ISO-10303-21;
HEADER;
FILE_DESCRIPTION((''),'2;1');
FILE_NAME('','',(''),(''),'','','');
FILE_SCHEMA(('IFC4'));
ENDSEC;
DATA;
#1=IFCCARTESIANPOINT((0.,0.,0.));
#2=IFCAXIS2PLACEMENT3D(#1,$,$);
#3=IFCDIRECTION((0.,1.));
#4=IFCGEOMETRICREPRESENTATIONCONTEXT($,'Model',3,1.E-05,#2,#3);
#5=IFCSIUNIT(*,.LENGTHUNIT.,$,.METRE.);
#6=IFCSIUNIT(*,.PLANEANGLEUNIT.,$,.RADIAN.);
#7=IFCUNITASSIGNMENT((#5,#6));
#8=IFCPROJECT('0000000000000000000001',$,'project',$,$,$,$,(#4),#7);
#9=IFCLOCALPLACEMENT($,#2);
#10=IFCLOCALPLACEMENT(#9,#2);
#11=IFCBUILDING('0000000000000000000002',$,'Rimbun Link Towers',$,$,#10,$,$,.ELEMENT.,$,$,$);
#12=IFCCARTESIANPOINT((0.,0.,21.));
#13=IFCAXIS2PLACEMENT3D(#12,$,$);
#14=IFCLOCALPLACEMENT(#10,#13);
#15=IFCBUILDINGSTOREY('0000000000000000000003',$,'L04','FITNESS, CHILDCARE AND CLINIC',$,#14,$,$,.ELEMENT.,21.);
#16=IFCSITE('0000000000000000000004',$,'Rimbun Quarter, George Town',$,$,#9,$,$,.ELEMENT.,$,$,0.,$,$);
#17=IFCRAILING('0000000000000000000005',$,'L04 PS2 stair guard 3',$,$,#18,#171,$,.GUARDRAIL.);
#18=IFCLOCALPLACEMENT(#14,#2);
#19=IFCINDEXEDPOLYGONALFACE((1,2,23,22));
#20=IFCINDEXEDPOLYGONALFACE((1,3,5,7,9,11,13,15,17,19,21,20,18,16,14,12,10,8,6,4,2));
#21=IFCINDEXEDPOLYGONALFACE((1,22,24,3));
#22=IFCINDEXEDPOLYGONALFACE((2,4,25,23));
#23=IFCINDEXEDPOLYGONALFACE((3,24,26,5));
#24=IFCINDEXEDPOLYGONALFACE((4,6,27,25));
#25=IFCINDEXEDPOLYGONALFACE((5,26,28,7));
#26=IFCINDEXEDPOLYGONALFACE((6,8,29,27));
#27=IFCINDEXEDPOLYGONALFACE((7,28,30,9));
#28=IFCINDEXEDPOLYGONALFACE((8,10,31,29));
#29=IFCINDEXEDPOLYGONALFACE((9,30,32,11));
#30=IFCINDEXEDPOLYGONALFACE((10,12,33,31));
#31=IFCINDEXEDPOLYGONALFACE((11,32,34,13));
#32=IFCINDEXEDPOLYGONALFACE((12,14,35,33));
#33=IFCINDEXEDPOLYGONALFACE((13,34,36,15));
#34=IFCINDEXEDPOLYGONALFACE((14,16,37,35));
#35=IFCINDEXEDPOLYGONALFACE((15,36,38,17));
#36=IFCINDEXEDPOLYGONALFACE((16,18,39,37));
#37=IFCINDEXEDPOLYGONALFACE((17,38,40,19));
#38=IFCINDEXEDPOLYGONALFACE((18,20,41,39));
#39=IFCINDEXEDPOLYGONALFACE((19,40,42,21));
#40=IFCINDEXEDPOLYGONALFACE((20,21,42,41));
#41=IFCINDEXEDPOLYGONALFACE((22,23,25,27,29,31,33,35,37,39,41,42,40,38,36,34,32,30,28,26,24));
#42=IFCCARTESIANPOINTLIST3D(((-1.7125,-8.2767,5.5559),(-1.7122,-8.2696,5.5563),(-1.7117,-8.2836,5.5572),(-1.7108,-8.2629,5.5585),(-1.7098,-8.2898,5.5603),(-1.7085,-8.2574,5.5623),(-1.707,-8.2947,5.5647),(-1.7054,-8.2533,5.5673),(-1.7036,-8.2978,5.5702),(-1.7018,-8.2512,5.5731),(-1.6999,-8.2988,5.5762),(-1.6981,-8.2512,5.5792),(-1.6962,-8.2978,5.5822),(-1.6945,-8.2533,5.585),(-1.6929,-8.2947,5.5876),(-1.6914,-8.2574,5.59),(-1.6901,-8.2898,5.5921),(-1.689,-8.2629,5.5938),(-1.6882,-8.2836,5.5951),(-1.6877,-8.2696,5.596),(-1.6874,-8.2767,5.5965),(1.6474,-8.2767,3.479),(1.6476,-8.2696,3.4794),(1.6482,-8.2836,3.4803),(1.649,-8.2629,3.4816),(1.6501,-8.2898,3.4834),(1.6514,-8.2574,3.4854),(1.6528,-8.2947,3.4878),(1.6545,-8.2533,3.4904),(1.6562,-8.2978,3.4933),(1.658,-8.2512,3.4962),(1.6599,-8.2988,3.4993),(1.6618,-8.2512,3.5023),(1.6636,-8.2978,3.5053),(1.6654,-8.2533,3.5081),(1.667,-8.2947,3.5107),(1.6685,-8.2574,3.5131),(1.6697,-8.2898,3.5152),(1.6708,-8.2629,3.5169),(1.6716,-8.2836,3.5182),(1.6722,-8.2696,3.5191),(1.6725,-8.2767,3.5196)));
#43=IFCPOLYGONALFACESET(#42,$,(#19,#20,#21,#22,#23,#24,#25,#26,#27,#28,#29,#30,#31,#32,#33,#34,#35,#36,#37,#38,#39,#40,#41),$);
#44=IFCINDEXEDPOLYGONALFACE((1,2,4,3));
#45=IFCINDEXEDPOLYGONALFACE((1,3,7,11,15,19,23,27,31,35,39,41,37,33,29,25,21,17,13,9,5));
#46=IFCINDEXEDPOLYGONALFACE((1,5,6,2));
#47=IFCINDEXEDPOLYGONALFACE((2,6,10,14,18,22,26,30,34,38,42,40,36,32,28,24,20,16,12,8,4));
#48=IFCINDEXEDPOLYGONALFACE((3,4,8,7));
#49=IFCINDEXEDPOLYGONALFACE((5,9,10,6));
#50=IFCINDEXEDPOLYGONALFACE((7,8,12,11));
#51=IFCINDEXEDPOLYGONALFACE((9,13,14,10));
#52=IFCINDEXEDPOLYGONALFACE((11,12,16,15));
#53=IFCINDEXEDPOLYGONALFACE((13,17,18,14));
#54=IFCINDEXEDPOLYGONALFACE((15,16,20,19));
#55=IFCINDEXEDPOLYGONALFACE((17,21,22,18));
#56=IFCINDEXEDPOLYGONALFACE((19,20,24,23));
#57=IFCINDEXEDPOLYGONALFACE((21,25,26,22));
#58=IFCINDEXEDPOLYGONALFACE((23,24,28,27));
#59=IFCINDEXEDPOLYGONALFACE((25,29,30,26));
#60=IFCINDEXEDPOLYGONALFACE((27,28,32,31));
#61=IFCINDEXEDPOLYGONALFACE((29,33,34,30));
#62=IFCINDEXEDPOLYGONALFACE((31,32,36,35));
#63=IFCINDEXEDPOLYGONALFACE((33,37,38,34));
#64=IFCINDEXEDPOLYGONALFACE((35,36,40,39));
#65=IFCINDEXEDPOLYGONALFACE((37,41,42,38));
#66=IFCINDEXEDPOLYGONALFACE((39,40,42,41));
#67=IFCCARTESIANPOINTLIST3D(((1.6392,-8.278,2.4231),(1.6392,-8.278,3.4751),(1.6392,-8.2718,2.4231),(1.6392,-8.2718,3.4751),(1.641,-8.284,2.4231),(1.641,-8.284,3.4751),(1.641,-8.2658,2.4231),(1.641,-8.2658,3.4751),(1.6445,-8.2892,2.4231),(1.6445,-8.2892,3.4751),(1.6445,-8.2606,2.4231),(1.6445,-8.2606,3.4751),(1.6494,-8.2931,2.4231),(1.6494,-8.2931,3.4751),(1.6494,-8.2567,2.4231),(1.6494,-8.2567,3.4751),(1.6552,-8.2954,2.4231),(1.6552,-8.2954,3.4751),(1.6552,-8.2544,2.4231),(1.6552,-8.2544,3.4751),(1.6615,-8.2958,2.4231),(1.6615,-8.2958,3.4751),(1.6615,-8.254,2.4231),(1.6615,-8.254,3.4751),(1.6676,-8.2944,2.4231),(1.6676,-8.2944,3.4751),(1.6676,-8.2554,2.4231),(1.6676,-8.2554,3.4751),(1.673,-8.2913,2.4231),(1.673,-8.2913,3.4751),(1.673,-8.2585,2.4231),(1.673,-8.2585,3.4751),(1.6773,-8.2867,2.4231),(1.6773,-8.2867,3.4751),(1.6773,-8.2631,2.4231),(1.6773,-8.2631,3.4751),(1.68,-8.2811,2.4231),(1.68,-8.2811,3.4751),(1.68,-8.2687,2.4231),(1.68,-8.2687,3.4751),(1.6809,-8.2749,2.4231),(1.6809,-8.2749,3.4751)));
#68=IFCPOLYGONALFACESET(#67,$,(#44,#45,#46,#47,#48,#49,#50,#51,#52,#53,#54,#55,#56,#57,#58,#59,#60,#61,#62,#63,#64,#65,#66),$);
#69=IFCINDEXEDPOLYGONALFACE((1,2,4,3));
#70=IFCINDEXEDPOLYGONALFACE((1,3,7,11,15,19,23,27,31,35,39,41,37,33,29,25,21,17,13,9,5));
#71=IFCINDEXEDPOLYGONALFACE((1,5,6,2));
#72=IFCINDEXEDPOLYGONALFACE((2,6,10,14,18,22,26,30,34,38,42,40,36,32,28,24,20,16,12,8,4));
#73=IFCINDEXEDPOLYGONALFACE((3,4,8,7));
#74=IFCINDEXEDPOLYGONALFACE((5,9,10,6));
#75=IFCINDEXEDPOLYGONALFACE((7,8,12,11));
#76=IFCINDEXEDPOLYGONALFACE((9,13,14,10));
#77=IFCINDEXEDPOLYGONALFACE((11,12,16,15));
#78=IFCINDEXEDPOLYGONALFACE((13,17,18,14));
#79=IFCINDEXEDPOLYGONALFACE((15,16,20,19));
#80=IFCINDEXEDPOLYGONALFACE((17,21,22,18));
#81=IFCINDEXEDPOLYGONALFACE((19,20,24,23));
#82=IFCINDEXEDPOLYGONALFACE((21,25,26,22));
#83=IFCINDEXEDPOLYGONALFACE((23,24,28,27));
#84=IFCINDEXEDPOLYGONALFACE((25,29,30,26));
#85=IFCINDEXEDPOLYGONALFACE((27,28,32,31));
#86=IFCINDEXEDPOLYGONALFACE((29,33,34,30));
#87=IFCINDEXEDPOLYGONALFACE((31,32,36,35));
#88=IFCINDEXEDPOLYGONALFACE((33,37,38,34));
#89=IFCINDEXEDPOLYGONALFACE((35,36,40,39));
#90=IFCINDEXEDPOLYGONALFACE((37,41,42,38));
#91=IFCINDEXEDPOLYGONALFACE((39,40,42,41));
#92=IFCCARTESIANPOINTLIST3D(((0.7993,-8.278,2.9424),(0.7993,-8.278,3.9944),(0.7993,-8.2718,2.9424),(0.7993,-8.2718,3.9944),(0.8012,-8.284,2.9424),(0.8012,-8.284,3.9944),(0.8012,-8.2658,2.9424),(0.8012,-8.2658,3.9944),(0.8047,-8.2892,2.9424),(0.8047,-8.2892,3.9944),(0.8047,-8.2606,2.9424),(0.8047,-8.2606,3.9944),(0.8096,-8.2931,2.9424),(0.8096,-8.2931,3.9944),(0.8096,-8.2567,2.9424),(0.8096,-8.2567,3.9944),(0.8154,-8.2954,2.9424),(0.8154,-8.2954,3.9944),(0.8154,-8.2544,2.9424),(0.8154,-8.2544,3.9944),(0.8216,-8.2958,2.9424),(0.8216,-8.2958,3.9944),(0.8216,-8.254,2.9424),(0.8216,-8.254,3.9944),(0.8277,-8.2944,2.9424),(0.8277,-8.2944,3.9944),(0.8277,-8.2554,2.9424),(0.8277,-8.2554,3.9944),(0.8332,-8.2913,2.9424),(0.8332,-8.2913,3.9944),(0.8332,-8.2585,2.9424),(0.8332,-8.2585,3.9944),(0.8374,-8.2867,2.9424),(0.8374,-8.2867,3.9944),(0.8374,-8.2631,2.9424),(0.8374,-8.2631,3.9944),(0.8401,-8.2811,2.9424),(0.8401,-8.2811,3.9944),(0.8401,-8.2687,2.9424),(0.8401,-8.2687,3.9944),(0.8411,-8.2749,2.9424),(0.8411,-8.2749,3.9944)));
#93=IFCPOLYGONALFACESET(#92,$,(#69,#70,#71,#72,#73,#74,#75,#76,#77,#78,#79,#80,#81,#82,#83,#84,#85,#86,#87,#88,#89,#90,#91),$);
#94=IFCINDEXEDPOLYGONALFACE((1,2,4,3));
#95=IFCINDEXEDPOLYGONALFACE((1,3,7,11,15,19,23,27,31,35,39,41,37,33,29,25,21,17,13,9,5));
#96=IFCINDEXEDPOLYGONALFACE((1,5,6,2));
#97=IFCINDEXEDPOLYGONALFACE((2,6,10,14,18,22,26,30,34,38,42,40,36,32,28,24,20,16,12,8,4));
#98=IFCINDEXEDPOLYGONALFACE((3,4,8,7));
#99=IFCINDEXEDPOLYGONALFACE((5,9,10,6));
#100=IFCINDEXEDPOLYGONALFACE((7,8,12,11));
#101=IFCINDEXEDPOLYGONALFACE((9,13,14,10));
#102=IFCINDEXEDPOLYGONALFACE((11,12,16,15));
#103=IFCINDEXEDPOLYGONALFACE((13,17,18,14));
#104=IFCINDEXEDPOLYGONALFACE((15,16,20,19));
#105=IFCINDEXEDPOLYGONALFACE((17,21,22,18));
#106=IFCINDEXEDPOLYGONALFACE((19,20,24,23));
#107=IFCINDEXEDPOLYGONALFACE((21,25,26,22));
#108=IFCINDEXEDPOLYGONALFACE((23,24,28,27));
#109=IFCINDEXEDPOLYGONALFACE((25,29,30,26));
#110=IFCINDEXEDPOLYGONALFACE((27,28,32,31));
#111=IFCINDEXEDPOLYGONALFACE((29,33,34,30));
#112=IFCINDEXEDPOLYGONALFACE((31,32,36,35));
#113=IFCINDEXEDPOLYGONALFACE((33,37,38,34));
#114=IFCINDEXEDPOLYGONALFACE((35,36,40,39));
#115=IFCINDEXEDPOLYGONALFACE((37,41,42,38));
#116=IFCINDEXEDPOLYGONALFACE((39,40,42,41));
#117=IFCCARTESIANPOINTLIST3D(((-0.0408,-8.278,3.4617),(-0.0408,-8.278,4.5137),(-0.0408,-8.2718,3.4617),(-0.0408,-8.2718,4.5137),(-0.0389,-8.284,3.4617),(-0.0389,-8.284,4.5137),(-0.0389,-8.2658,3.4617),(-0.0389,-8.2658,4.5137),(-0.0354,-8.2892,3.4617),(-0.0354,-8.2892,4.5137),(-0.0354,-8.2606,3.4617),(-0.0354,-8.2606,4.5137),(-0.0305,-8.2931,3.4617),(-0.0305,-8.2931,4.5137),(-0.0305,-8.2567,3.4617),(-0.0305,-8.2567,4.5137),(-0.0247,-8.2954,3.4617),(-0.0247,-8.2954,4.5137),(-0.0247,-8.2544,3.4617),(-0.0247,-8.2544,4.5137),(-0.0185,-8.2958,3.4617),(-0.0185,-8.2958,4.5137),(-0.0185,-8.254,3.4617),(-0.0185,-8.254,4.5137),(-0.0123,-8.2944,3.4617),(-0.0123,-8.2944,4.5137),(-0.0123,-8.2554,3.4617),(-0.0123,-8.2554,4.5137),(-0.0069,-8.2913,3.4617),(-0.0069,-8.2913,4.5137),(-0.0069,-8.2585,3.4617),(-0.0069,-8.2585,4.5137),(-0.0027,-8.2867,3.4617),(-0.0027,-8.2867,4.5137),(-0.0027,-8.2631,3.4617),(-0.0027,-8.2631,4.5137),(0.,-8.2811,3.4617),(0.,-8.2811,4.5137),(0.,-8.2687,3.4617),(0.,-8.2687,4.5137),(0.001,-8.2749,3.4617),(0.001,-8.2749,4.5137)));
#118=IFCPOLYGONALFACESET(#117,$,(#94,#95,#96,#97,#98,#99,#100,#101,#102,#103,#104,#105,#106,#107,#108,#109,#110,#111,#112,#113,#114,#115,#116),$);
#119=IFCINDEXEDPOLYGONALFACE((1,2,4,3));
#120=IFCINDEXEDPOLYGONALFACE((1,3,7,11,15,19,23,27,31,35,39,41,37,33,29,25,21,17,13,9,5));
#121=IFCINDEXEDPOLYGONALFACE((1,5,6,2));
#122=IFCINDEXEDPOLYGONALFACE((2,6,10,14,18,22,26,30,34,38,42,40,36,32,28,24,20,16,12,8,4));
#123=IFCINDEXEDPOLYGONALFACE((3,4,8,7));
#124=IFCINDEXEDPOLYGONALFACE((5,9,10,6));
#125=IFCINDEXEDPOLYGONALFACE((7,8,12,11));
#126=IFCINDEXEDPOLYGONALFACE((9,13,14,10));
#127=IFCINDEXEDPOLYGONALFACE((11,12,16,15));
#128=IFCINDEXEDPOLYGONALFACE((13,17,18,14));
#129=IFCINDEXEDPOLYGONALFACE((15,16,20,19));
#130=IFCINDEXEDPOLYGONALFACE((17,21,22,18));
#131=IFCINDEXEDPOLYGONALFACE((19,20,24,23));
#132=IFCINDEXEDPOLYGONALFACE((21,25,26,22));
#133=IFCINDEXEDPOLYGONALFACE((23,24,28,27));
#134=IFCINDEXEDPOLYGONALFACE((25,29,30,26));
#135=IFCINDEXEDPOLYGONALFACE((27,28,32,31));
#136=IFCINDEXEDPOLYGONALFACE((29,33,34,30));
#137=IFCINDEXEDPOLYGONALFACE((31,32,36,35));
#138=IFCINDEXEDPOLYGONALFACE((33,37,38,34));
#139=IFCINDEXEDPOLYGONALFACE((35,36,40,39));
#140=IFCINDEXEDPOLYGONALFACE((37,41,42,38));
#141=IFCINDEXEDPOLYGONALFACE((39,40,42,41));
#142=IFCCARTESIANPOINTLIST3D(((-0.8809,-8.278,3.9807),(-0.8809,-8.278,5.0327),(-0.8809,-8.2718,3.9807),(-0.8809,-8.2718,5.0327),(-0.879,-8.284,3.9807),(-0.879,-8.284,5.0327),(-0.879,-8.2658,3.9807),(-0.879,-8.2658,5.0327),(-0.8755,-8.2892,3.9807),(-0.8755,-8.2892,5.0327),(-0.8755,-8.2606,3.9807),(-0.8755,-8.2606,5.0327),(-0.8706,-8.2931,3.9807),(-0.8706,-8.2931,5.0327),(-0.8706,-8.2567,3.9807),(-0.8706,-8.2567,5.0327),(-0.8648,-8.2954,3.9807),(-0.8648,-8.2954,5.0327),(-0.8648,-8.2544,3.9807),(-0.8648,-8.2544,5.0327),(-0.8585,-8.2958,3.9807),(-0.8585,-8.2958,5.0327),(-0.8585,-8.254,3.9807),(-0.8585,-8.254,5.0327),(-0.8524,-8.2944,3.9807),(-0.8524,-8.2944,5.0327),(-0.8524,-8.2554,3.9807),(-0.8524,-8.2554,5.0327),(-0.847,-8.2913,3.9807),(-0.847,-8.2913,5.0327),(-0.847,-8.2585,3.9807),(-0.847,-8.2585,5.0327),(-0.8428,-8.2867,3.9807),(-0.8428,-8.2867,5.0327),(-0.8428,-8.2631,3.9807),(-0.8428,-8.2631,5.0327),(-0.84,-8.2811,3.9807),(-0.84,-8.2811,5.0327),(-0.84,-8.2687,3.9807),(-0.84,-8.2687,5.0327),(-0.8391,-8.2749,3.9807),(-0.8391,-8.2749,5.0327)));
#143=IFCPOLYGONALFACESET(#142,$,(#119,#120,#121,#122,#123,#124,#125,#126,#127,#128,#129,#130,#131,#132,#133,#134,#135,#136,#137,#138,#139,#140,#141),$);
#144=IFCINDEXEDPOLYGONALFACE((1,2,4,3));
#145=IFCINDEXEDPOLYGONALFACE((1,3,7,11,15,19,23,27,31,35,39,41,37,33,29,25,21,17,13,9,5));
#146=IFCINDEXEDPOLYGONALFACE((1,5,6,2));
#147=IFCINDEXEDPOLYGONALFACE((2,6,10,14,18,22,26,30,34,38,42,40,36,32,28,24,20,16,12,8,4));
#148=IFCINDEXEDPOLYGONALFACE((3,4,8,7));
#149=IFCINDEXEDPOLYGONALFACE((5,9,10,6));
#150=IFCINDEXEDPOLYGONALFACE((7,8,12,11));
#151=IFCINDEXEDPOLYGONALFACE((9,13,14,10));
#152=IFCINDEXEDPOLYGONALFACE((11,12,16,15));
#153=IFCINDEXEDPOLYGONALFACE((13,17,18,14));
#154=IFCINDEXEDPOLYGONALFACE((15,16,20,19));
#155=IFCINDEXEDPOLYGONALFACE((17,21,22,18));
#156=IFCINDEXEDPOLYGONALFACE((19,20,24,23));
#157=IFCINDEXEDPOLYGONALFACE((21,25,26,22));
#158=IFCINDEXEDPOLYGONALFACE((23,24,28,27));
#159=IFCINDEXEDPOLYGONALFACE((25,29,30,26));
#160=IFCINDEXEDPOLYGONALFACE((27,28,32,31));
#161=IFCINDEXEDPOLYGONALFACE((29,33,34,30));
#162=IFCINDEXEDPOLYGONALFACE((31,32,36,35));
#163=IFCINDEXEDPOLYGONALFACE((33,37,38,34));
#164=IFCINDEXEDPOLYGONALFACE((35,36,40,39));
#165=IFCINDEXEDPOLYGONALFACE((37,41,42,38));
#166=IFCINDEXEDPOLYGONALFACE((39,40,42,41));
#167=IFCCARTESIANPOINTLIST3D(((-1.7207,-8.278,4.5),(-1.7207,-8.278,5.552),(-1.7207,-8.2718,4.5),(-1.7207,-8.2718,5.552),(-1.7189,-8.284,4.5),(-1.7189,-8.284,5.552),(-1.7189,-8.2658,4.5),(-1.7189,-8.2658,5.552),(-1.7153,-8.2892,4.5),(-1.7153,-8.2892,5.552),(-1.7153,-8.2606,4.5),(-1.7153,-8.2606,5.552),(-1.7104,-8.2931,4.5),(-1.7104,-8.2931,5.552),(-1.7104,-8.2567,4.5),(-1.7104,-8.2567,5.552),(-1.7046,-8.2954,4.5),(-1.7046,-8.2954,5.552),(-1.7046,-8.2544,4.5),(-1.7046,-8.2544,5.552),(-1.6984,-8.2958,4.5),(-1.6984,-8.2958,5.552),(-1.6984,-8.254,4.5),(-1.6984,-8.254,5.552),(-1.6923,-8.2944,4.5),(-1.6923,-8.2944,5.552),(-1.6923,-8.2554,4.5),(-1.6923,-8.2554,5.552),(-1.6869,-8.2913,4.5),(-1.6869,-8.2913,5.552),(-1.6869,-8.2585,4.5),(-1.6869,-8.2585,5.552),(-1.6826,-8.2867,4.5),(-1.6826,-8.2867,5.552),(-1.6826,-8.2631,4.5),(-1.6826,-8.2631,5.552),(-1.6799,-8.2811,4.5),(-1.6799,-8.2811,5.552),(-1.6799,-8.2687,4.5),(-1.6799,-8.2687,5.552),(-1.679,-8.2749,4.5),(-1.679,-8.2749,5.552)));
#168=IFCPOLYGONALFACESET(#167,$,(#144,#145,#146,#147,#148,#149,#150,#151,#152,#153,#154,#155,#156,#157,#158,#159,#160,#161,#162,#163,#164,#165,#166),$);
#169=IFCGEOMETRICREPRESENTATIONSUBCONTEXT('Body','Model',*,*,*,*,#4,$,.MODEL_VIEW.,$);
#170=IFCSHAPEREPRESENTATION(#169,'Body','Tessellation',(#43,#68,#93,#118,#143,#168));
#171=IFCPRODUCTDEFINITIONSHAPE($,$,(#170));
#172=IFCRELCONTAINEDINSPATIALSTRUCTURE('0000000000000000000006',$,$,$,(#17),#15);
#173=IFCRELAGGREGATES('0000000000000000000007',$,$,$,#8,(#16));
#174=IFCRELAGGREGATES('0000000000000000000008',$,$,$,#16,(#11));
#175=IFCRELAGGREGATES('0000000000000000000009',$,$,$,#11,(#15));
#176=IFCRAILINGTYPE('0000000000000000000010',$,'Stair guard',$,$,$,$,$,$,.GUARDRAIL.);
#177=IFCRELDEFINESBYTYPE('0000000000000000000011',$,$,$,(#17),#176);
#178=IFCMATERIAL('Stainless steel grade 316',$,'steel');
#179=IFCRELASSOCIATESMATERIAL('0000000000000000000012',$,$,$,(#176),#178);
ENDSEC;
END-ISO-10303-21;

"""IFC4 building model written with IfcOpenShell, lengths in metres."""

from ifc_helpers import new_model, si_unit, direction, frame, origin, origin_2d, place, context, subcontext, project, spatial, circle, extrude, material, type_object, element, save


model = new_model("IFC4")

# Units and contexts
model_context = context("Model", 3, precision=1e-05, world=origin(), true_north=direction((0.0, 1.0)))
body_context = subcontext(model_context, "Body", "Model", "MODEL_VIEW")
ifc_project = project(units=[si_unit("LENGTHUNIT", "METRE"), si_unit("PLANEANGLEUNIT", "RADIAN")], contexts=[model_context])

# Site, building, storey
site_placement = place(None, origin())
site = spatial("IfcSite", under=ifc_project, at=site_placement, Name="Rimbun Quarter, George Town", CompositionType="ELEMENT", RefElevation=0.0)
building_placement = place(site_placement, origin())
building = spatial("IfcBuilding", under=site, at=building_placement, Name="Rimbun Link Towers", CompositionType="ELEMENT")
storey_placement = place(building_placement, frame((0.0, 0.0, 21.0)))
storey = spatial("IfcBuildingStorey", under=building, at=storey_placement, Name="L04", Description="FITNESS, CHILDCARE AND CLINIC", CompositionType="ELEMENT", Elevation=21.0)

# Railing
ifc_material_1 = material(Name="Stainless steel grade 316", Category="steel")
railing_type_1 = type_object("IfcRailingType", Name="Stair guard", PredefinedType="GUARDRAIL", material=ifc_material_1)
railing_1_placement = place(storey_placement, frame((1.6599, -8.2749, 2.4231)))
element("IfcRailing", 1, at=railing_1_placement, inside=storey, type_object=railing_type_1, Name="L04 PS2 stair guard 3", PredefinedType="GUARDRAIL", context=body_context, shape_type="SweptSolid", body=[
    extrude(circle(Radius=0.0239, at=origin_2d()), frame((0.0, 0.0, 1.0762), z_axis=(-0.850606, 0.0, 0.525803), x_axis=(0.0, -1.0, 0.0)), (0.0, 0.0, 1.0), 3.95),
    extrude(circle(Radius=0.021, at=origin_2d()), origin(), (0.0, 0.0, 1.0), 1.052),
    extrude(circle(Radius=0.021, at=origin_2d()), frame((-0.8398, 0.0, 0.5193)), (0.0, 0.0, 1.0), 1.052),
    extrude(circle(Radius=0.021, at=origin_2d()), frame((-1.6799, 0.0, 1.0386)), (0.0, 0.0, 1.0), 1.052),
    extrude(circle(Radius=0.021, at=origin_2d()), frame((-2.52, 0.0, 1.5576)), (0.0, 0.0, 1.0), 1.052),
    extrude(circle(Radius=0.021, at=origin_2d()), frame((-3.3599, 0.0, 2.0769)), (0.0, 0.0, 1.0), 1.052),
])

save(model, "model.ifc")
